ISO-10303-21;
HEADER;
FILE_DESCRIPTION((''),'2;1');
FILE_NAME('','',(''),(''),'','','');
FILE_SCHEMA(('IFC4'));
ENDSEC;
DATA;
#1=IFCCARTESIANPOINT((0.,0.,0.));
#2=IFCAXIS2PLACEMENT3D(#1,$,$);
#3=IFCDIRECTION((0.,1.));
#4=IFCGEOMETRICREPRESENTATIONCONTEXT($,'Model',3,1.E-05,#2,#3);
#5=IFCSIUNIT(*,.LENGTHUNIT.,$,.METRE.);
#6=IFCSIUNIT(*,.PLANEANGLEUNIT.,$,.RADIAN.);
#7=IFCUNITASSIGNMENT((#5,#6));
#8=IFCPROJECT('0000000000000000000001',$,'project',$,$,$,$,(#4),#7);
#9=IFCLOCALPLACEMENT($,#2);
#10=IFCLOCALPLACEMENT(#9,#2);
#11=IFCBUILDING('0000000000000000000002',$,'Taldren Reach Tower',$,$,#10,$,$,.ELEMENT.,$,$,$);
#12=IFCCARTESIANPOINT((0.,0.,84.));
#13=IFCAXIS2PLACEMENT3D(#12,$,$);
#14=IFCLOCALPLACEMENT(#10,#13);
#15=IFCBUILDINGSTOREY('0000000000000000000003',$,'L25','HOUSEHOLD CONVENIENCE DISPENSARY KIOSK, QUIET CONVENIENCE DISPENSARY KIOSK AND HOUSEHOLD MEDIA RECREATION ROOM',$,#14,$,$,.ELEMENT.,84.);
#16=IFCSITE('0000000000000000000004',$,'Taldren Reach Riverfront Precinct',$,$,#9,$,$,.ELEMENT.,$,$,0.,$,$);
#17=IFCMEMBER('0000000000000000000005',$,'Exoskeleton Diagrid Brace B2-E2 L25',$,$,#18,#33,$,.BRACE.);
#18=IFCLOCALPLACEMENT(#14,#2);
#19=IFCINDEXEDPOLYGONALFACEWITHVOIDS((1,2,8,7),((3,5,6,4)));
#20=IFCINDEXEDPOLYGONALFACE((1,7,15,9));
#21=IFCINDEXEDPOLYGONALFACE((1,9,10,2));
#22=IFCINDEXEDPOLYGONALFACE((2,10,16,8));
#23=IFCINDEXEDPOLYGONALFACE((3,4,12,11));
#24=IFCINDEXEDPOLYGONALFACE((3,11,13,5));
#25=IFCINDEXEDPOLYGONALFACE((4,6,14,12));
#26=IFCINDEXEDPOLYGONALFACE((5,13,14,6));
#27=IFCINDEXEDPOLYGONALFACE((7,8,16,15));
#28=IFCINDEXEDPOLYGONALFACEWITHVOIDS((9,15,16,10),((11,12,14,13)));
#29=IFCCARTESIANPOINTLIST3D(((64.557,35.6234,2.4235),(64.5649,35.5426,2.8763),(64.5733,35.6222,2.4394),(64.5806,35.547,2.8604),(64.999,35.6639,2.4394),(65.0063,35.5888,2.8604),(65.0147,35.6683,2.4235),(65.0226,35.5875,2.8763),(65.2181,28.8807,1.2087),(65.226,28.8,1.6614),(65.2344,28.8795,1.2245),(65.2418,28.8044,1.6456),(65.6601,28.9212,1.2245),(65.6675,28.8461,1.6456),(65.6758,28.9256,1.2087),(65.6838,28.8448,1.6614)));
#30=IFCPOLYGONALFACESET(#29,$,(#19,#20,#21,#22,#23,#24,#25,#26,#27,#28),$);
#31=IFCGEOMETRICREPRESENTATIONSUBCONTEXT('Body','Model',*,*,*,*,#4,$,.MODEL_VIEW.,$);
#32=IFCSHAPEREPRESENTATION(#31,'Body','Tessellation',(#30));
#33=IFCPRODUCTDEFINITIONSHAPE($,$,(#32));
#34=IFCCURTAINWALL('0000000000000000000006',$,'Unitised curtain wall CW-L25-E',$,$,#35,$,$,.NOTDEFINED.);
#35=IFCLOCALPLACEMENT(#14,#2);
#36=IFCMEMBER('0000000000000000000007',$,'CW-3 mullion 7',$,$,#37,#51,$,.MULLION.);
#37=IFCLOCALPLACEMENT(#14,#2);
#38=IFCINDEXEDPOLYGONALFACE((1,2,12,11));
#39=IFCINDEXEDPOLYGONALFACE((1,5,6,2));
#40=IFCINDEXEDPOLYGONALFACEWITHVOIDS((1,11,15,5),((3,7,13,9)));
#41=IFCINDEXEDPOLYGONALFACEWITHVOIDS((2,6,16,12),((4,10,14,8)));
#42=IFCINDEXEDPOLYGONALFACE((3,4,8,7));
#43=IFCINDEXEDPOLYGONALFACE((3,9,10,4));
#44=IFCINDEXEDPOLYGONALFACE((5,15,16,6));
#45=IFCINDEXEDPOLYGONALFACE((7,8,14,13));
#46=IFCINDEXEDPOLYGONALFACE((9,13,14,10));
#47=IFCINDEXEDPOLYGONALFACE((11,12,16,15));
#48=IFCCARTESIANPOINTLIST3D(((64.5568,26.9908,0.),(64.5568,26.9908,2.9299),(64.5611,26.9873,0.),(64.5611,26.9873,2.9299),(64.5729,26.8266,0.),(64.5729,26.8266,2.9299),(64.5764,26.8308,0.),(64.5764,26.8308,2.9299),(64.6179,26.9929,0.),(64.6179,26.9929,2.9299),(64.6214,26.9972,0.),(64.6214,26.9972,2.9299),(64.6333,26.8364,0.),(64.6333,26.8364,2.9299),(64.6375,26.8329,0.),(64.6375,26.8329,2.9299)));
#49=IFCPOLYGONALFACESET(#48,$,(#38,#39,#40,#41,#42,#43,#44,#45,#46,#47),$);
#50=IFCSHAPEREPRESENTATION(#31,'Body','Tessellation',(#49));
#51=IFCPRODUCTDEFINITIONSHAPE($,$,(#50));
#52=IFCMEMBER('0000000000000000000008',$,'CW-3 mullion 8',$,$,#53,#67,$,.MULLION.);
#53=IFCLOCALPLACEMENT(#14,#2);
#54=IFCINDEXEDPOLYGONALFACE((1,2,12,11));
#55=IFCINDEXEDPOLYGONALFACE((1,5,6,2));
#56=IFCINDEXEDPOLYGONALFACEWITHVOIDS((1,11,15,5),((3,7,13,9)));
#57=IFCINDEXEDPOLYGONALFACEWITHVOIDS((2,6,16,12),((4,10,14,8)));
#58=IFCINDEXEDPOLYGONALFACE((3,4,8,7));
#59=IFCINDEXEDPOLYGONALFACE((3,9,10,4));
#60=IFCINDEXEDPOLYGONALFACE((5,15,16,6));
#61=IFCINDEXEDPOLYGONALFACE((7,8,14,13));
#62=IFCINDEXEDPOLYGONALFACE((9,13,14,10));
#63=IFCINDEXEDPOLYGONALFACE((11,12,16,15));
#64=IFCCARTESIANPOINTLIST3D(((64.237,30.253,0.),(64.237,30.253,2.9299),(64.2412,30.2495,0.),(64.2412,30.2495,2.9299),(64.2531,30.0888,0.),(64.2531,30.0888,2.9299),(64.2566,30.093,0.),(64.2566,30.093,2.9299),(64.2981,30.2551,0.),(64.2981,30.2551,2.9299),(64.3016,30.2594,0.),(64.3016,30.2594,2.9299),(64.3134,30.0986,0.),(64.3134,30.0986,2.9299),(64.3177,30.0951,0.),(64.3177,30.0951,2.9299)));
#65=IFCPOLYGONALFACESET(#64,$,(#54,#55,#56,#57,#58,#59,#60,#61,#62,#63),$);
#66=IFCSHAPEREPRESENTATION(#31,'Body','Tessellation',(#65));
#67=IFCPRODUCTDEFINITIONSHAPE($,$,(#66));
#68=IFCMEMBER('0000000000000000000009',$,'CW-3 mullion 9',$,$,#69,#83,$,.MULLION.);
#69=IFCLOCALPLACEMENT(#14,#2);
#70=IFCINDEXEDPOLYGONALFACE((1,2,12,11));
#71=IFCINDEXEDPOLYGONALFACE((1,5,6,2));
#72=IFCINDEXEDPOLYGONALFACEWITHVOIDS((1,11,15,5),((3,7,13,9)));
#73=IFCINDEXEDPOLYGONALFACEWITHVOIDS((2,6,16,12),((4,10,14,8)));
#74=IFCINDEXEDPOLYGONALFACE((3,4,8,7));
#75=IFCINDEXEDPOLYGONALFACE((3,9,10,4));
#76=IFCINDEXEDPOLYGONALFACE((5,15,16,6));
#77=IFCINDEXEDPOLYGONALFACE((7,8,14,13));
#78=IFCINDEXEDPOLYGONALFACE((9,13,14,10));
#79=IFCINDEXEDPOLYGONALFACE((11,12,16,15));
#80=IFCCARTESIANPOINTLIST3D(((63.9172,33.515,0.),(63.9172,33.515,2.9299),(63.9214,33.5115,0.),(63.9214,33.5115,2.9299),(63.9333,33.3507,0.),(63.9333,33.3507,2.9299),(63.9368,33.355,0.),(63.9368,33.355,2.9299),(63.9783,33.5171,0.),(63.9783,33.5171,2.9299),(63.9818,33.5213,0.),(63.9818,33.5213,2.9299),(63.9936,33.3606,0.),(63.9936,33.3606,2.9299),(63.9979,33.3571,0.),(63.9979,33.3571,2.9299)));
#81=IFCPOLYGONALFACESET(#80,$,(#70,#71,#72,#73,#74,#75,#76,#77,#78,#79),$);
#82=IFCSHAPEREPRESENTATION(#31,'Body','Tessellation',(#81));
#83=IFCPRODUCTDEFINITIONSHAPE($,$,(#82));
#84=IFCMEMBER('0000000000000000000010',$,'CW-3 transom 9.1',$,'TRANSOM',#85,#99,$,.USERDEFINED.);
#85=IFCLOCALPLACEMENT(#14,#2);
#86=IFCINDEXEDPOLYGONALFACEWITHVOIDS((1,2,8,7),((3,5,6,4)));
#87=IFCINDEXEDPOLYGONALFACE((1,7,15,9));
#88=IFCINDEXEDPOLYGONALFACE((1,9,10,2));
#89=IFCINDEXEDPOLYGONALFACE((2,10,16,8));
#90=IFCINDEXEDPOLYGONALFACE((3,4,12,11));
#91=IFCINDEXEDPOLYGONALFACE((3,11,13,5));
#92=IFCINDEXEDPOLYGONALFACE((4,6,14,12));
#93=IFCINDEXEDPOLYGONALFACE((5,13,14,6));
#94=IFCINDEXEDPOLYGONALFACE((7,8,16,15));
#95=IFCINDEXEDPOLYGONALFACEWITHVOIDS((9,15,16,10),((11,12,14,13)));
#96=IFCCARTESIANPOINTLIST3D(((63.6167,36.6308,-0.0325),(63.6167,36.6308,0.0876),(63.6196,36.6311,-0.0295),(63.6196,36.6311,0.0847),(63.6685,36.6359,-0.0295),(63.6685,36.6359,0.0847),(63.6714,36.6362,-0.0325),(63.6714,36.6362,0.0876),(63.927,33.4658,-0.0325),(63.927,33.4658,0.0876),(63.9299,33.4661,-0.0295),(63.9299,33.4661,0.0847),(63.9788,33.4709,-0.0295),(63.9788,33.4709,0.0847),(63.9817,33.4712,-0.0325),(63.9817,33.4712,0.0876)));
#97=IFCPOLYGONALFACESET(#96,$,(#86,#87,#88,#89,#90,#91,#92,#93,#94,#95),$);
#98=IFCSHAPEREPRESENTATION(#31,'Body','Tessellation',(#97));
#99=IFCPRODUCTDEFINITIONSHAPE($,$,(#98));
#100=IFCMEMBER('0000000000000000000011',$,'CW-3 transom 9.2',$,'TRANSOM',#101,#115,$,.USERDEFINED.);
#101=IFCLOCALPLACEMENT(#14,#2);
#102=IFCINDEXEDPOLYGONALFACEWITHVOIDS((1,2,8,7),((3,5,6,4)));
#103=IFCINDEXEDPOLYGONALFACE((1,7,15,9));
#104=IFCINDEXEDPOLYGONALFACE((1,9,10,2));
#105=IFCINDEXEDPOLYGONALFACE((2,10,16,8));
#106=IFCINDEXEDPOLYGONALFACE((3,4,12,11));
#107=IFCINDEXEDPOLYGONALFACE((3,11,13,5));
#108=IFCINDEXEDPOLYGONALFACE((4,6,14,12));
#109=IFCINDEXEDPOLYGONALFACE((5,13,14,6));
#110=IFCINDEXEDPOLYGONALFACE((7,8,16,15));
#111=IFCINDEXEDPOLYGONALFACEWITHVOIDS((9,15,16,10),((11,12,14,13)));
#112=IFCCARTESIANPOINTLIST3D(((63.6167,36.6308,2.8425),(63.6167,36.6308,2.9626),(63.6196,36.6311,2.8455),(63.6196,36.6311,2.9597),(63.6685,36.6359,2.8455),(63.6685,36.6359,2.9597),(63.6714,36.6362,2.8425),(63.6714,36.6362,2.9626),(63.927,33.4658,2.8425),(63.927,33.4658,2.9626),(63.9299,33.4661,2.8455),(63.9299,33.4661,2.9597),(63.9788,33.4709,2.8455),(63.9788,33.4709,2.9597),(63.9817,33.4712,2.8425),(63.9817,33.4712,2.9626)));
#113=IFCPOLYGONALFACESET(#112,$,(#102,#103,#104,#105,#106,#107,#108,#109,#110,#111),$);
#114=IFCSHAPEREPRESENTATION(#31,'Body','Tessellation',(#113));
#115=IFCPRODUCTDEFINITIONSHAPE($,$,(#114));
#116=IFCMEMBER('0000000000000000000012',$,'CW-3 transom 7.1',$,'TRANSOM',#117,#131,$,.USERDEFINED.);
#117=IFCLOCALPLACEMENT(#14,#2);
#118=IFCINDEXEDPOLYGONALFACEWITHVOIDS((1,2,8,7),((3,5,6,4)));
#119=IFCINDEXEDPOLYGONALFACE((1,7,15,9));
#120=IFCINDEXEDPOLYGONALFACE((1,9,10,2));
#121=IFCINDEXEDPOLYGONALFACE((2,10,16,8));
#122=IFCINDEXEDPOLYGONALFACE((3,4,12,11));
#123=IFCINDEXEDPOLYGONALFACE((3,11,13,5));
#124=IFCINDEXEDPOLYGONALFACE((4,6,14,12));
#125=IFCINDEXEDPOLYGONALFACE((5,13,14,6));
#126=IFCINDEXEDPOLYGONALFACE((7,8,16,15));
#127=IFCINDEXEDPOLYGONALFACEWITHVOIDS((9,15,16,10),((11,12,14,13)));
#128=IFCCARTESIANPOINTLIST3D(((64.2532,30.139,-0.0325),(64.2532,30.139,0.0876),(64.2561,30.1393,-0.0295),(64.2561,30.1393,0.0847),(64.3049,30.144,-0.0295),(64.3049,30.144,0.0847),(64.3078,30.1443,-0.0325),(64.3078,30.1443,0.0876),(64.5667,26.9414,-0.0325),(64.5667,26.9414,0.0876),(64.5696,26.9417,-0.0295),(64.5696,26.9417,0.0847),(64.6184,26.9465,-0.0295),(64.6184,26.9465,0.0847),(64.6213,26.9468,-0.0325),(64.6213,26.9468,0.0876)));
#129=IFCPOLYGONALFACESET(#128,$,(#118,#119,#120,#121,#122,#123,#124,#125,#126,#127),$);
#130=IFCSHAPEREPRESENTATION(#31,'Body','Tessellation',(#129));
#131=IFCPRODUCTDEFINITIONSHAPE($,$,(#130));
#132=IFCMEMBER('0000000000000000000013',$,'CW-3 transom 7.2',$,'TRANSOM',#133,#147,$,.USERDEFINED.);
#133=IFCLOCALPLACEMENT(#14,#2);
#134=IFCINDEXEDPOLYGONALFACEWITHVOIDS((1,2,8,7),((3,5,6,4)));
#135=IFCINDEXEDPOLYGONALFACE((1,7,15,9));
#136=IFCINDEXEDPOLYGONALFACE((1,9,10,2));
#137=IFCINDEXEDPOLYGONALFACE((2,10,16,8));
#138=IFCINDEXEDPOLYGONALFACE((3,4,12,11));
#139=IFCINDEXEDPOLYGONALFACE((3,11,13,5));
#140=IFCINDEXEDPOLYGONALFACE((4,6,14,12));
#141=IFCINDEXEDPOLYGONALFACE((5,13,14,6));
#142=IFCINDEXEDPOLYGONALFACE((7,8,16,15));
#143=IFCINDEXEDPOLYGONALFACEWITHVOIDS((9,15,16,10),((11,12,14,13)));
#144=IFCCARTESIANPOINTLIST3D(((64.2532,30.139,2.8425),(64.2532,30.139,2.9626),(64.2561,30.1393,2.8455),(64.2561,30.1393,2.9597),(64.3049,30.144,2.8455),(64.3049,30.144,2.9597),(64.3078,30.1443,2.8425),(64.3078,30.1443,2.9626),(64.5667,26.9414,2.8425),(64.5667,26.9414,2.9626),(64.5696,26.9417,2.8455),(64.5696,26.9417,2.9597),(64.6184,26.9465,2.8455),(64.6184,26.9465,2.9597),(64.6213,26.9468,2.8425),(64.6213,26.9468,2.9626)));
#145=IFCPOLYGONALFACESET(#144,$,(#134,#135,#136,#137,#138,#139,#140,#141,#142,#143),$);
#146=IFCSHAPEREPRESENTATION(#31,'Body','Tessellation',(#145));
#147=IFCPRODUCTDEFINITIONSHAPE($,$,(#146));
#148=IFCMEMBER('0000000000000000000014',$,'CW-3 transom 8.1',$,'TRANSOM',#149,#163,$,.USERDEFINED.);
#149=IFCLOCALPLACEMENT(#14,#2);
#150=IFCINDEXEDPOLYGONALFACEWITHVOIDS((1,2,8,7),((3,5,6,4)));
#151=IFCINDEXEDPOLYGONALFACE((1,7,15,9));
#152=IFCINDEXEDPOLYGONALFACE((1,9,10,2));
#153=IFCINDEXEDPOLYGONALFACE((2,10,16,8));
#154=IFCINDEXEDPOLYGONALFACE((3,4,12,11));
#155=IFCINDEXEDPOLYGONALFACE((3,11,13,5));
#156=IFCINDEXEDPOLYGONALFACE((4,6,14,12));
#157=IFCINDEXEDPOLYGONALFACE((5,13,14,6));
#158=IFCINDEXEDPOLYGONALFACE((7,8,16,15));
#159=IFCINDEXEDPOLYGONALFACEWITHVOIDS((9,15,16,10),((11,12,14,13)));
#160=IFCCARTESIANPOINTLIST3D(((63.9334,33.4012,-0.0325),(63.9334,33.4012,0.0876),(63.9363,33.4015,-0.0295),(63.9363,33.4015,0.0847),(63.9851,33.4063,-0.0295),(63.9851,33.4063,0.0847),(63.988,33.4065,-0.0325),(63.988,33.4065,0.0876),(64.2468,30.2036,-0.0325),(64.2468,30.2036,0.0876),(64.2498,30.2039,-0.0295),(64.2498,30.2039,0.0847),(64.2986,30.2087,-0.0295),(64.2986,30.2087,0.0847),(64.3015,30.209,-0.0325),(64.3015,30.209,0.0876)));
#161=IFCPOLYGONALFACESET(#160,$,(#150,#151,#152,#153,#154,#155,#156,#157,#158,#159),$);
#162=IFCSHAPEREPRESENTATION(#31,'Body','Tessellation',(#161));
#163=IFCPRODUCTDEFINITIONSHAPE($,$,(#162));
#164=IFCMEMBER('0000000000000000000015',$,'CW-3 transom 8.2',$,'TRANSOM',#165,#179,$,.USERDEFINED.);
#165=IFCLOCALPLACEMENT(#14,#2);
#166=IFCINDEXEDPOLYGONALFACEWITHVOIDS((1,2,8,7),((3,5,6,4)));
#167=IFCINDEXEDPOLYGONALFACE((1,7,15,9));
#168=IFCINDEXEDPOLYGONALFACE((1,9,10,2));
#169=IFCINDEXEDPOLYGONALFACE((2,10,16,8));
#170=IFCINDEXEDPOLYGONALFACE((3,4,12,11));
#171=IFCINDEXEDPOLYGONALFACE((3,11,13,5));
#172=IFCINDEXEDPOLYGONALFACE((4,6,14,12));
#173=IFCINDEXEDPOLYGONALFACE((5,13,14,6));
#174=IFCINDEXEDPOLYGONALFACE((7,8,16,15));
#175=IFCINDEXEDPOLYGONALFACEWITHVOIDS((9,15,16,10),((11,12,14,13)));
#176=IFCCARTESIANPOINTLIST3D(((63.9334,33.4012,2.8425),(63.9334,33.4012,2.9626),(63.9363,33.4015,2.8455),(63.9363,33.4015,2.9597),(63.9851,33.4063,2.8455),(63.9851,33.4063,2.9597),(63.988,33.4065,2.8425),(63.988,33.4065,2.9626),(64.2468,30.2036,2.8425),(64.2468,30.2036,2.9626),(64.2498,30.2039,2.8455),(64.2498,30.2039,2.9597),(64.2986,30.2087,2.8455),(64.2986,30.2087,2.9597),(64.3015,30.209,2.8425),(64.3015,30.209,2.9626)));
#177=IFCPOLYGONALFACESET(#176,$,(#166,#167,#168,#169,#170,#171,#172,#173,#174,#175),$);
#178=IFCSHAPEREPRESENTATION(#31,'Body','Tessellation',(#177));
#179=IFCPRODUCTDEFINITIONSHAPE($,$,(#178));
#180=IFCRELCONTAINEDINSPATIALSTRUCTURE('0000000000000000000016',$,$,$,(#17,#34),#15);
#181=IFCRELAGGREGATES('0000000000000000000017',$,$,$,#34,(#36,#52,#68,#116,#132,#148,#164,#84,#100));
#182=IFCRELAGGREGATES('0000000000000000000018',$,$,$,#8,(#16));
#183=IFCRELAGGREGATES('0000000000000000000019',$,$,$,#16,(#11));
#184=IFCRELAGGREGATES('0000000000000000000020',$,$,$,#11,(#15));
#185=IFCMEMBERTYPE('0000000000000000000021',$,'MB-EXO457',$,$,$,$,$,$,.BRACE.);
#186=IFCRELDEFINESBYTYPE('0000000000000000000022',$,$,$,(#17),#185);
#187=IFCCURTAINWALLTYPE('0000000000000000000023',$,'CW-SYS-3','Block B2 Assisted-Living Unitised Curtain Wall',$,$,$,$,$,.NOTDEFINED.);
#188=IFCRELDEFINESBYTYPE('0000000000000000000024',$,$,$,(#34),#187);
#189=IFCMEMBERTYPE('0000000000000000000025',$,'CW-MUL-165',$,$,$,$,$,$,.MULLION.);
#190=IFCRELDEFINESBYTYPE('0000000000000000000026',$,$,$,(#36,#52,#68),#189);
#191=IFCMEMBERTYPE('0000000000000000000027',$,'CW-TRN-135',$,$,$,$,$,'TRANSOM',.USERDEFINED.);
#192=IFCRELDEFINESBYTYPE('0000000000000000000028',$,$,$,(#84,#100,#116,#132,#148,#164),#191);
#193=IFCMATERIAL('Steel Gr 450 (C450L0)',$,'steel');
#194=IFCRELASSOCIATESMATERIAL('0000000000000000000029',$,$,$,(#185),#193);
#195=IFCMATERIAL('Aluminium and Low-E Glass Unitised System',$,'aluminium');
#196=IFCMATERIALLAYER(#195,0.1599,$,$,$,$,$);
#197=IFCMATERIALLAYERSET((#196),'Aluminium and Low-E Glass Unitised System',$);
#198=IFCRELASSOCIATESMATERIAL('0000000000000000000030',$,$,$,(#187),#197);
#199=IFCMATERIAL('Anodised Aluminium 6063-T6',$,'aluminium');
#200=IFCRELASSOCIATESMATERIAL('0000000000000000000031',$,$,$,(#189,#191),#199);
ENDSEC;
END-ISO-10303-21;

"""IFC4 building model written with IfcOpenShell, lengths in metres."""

from ifc_helpers import new_model, si_unit, direction, frame, origin, origin_2d, place, context, subcontext, project, spatial, hollow_rectangle, extrude, source, transform, mapped, material, layer, layer_set, material_profile, profile_set, type_object, element, aggregate, save


model = new_model("IFC4")

# Units and contexts
model_context = context("Model", 3, precision=1e-05, world=origin(), true_north=direction((0.0, 1.0)))
body_context = subcontext(model_context, "Body", "Model", "MODEL_VIEW")
ifc_project = project(units=[si_unit("LENGTHUNIT", "METRE"), si_unit("PLANEANGLEUNIT", "RADIAN")], contexts=[model_context])

# Site, building, storey
site_placement = place(None, origin())
site = spatial("IfcSite", under=ifc_project, at=site_placement, Name="Taldren Reach Riverfront Precinct", CompositionType="ELEMENT", RefElevation=0.0)
building_placement = place(site_placement, origin())
building = spatial("IfcBuilding", under=site, at=building_placement, Name="Taldren Reach Tower", CompositionType="ELEMENT")
storey_placement = place(building_placement, frame((0.0, 0.0, 84.0)))
storey = spatial("IfcBuildingStorey", under=building, at=storey_placement, Name="L25", Description="HOUSEHOLD CONVENIENCE DISPENSARY KIOSK, QUIET CONVENIENCE DISPENSARY KIOSK AND HOUSEHOLD MEDIA RECREATION ROOM", CompositionType="ELEMENT", Elevation=84.0)

# Member
ifc_material_1 = material(Name="Steel Gr 450 (C450L0)", Category="steel")
ifc_material_profile_1 = material_profile(ifc_material_1, hollow_rectangle(XDim=0.46, YDim=0.46, WallThickness=0.0161, at=origin_2d()), Name="460x460x16.0SHS")
ifc_profile_set_1 = profile_set([ifc_material_profile_1], Name="Steel Gr 450 (C450L0)")
member_type_1 = type_object("IfcMemberType", Name="MB-EXO457", PredefinedType="BRACE", material=ifc_profile_set_1)
shared_shape_1 = source(origin(), body_context, "Body", "SweptSolid", [
    extrude(hollow_rectangle(XDim=0.46, YDim=0.46, WallThickness=0.0161, at=origin_2d()), origin(), (0.0, 0.0, 1.0), 6.8831),
])
member_1_placement = place(storey_placement, frame((65.4509, 28.8628, 1.4351), z_axis=(-0.096052, 0.979603, 0.176497), x_axis=(-0.995227, -0.097584, 0.0)))
element("IfcMember", 1, at=member_1_placement, inside=storey, type_object=member_type_1, Name="Exoskeleton Diagrid Brace B2-E2 L25", PredefinedType="BRACE", context=body_context, shape_type="MappedRepresentation", body=[
    mapped(shared_shape_1, transform((0.0, 0.0, 0.0), scale=1.0)),
])

# Curtain wall, members
ifc_material_2 = material(Name="Aluminium and Low-E Glass Unitised System", Category="aluminium")
ifc_layer_1 = layer(ifc_material_2, 0.1599)
ifc_layer_set_1 = layer_set([ifc_layer_1], Name="Aluminium and Low-E Glass Unitised System")
curtain_wall_type = type_object("IfcCurtainWallType", Name="CW-SYS-3", Description="Block B2 Assisted-Living Unitised Curtain Wall", PredefinedType="NOTDEFINED", material=ifc_layer_set_1)
curtain_wall_placement = place(storey_placement, origin())
curtain_wall = element("IfcCurtainWall", 2, at=curtain_wall_placement, inside=storey, type_object=curtain_wall_type, Name="Unitised curtain wall CW-L25-E", PredefinedType="NOTDEFINED")
ifc_material_3 = material(Name="Anodised Aluminium 6063-T6", Category="aluminium")
ifc_material_profile_2 = material_profile(ifc_material_3, hollow_rectangle(XDim=0.0649, YDim=0.165, WallThickness=0.0039, at=origin_2d()), Name="ALU-165x65x4RHS")
ifc_profile_set_2 = profile_set([ifc_material_profile_2], Name="Anodised Aluminium 6063-T6")
member_type_2 = type_object("IfcMemberType", Name="CW-MUL-165", PredefinedType="MULLION", material=ifc_profile_set_2)
shared_shape_2 = source(origin(), body_context, "Body", "SweptSolid", [
    extrude(hollow_rectangle(XDim=0.0649, YDim=0.165, WallThickness=0.0039, at=origin_2d()), origin(), (0.0, 0.0, 1.0), 2.9299),
])
member_2_placement = place(storey_placement, frame((64.5972, 26.9119, 0.0), z_axis=(0.0, 0.0, 1.0), x_axis=(-0.995227, -0.097583, 0.0)))
member_2 = element("IfcMember", 3, at=member_2_placement, type_object=member_type_2, Name="CW-3 mullion 7", PredefinedType="MULLION", context=body_context, shape_type="MappedRepresentation", body=[
    mapped(shared_shape_2, transform((0.0, 0.0, 0.0), scale=1.0)),
])
member_3_placement = place(storey_placement, frame((64.2773, 30.1741, 0.0), z_axis=(0.0, 0.0, 1.0), x_axis=(-0.995227, -0.097583, 0.0)))
member_3 = element("IfcMember", 4, at=member_3_placement, type_object=member_type_2, Name="CW-3 mullion 8", PredefinedType="MULLION", context=body_context, shape_type="MappedRepresentation", body=[
    mapped(shared_shape_2, transform((0.0, 0.0, 0.0), scale=1.0)),
])
member_4_placement = place(storey_placement, frame((63.9575, 33.436, 0.0), z_axis=(0.0, 0.0, 1.0), x_axis=(-0.995227, -0.097583, 0.0)))
member_4 = element("IfcMember", 5, at=member_4_placement, type_object=member_type_2, Name="CW-3 mullion 9", PredefinedType="MULLION", context=body_context, shape_type="MappedRepresentation", body=[
    mapped(shared_shape_2, transform((0.0, 0.0, 0.0), scale=1.0)),
])
ifc_material_profile_3 = material_profile(ifc_material_3, hollow_rectangle(XDim=0.0549, YDim=0.1201, WallThickness=0.0029, at=origin_2d()), Name="ALU-120x55x3RHS")
ifc_profile_set_3 = profile_set([ifc_material_profile_3], Name="Anodised Aluminium 6063-T6")
member_type_3 = type_object("IfcMemberType", Name="CW-TRN-135", ElementType="TRANSOM", PredefinedType="USERDEFINED", material=ifc_profile_set_3)
shared_shape_3 = source(origin(), body_context, "Body", "SweptSolid", [
    extrude(hollow_rectangle(XDim=0.0549, YDim=0.1201, WallThickness=0.0029, at=origin_2d()), origin(), (0.0, 0.0, 1.0), 3.1802),
])
member_5_placement = place(storey_placement, frame((63.9543, 33.4685, 0.0276), z_axis=(-0.097573, 0.995228, 0.0), x_axis=(-0.995228, -0.097573, 0.0)))
member_5 = element("IfcMember", 6, at=member_5_placement, type_object=member_type_3, Name="CW-3 transom 9.1", ObjectType="TRANSOM", PredefinedType="USERDEFINED", context=body_context, shape_type="MappedRepresentation", body=[
    mapped(shared_shape_3, transform((0.0, 0.0, 0.0), scale=1.0)),
])
member_6_placement = place(storey_placement, frame((63.9543, 33.4685, 2.9026), z_axis=(-0.097573, 0.995228, 0.0), x_axis=(-0.995228, -0.097573, 0.0)))
member_6 = element("IfcMember", 7, at=member_6_placement, type_object=member_type_3, Name="CW-3 transom 9.2", ObjectType="TRANSOM", PredefinedType="USERDEFINED", context=body_context, shape_type="MappedRepresentation", body=[
    mapped(shared_shape_3, transform((0.0, 0.0, 0.0), scale=1.0)),
])
shared_shape_4 = source(origin(), body_context, "Body", "SweptSolid", [
    extrude(hollow_rectangle(XDim=0.0549, YDim=0.1201, WallThickness=0.0029, at=origin_2d()), origin(), (0.0, 0.0, 1.0), 3.2129),
])
member_7_placement = place(storey_placement, frame((64.594, 26.9441, 0.0276), z_axis=(-0.09757, 0.995229, 0.0), x_axis=(-0.995229, -0.09757, 0.0)))
member_7 = element("IfcMember", 8, at=member_7_placement, type_object=member_type_3, Name="CW-3 transom 7.1", ObjectType="TRANSOM", PredefinedType="USERDEFINED", context=body_context, shape_type="MappedRepresentation", body=[
    mapped(shared_shape_4, transform((0.0, 0.0, 0.0), scale=1.0)),
])
member_8_placement = place(storey_placement, frame((64.594, 26.9441, 2.9026), z_axis=(-0.09757, 0.995229, 0.0), x_axis=(-0.995229, -0.09757, 0.0)))
member_8 = element("IfcMember", 9, at=member_8_placement, type_object=member_type_3, Name="CW-3 transom 7.2", ObjectType="TRANSOM", PredefinedType="USERDEFINED", context=body_context, shape_type="MappedRepresentation", body=[
    mapped(shared_shape_4, transform((0.0, 0.0, 0.0), scale=1.0)),
])
member_9_placement = place(storey_placement, frame((64.2742, 30.2063, 0.0276), z_axis=(-0.09757, 0.995229, 0.0), x_axis=(-0.995229, -0.09757, 0.0)))
member_9 = element("IfcMember", 10, at=member_9_placement, type_object=member_type_3, Name="CW-3 transom 8.1", ObjectType="TRANSOM", PredefinedType="USERDEFINED", context=body_context, shape_type="MappedRepresentation", body=[
    mapped(shared_shape_4, transform((0.0, 0.0, 0.0), scale=1.0)),
])
member_10_placement = place(storey_placement, frame((64.2742, 30.2063, 2.9026), z_axis=(-0.09757, 0.995229, 0.0), x_axis=(-0.995229, -0.09757, 0.0)))
member_10 = element("IfcMember", 11, at=member_10_placement, type_object=member_type_3, Name="CW-3 transom 8.2", ObjectType="TRANSOM", PredefinedType="USERDEFINED", context=body_context, shape_type="MappedRepresentation", body=[
    mapped(shared_shape_4, transform((0.0, 0.0, 0.0), scale=1.0)),
])

aggregate(curtain_wall, [member_2, member_3, member_4, member_7, member_8, member_9, member_10, member_5, member_6])

save(model, "model.ifc")
